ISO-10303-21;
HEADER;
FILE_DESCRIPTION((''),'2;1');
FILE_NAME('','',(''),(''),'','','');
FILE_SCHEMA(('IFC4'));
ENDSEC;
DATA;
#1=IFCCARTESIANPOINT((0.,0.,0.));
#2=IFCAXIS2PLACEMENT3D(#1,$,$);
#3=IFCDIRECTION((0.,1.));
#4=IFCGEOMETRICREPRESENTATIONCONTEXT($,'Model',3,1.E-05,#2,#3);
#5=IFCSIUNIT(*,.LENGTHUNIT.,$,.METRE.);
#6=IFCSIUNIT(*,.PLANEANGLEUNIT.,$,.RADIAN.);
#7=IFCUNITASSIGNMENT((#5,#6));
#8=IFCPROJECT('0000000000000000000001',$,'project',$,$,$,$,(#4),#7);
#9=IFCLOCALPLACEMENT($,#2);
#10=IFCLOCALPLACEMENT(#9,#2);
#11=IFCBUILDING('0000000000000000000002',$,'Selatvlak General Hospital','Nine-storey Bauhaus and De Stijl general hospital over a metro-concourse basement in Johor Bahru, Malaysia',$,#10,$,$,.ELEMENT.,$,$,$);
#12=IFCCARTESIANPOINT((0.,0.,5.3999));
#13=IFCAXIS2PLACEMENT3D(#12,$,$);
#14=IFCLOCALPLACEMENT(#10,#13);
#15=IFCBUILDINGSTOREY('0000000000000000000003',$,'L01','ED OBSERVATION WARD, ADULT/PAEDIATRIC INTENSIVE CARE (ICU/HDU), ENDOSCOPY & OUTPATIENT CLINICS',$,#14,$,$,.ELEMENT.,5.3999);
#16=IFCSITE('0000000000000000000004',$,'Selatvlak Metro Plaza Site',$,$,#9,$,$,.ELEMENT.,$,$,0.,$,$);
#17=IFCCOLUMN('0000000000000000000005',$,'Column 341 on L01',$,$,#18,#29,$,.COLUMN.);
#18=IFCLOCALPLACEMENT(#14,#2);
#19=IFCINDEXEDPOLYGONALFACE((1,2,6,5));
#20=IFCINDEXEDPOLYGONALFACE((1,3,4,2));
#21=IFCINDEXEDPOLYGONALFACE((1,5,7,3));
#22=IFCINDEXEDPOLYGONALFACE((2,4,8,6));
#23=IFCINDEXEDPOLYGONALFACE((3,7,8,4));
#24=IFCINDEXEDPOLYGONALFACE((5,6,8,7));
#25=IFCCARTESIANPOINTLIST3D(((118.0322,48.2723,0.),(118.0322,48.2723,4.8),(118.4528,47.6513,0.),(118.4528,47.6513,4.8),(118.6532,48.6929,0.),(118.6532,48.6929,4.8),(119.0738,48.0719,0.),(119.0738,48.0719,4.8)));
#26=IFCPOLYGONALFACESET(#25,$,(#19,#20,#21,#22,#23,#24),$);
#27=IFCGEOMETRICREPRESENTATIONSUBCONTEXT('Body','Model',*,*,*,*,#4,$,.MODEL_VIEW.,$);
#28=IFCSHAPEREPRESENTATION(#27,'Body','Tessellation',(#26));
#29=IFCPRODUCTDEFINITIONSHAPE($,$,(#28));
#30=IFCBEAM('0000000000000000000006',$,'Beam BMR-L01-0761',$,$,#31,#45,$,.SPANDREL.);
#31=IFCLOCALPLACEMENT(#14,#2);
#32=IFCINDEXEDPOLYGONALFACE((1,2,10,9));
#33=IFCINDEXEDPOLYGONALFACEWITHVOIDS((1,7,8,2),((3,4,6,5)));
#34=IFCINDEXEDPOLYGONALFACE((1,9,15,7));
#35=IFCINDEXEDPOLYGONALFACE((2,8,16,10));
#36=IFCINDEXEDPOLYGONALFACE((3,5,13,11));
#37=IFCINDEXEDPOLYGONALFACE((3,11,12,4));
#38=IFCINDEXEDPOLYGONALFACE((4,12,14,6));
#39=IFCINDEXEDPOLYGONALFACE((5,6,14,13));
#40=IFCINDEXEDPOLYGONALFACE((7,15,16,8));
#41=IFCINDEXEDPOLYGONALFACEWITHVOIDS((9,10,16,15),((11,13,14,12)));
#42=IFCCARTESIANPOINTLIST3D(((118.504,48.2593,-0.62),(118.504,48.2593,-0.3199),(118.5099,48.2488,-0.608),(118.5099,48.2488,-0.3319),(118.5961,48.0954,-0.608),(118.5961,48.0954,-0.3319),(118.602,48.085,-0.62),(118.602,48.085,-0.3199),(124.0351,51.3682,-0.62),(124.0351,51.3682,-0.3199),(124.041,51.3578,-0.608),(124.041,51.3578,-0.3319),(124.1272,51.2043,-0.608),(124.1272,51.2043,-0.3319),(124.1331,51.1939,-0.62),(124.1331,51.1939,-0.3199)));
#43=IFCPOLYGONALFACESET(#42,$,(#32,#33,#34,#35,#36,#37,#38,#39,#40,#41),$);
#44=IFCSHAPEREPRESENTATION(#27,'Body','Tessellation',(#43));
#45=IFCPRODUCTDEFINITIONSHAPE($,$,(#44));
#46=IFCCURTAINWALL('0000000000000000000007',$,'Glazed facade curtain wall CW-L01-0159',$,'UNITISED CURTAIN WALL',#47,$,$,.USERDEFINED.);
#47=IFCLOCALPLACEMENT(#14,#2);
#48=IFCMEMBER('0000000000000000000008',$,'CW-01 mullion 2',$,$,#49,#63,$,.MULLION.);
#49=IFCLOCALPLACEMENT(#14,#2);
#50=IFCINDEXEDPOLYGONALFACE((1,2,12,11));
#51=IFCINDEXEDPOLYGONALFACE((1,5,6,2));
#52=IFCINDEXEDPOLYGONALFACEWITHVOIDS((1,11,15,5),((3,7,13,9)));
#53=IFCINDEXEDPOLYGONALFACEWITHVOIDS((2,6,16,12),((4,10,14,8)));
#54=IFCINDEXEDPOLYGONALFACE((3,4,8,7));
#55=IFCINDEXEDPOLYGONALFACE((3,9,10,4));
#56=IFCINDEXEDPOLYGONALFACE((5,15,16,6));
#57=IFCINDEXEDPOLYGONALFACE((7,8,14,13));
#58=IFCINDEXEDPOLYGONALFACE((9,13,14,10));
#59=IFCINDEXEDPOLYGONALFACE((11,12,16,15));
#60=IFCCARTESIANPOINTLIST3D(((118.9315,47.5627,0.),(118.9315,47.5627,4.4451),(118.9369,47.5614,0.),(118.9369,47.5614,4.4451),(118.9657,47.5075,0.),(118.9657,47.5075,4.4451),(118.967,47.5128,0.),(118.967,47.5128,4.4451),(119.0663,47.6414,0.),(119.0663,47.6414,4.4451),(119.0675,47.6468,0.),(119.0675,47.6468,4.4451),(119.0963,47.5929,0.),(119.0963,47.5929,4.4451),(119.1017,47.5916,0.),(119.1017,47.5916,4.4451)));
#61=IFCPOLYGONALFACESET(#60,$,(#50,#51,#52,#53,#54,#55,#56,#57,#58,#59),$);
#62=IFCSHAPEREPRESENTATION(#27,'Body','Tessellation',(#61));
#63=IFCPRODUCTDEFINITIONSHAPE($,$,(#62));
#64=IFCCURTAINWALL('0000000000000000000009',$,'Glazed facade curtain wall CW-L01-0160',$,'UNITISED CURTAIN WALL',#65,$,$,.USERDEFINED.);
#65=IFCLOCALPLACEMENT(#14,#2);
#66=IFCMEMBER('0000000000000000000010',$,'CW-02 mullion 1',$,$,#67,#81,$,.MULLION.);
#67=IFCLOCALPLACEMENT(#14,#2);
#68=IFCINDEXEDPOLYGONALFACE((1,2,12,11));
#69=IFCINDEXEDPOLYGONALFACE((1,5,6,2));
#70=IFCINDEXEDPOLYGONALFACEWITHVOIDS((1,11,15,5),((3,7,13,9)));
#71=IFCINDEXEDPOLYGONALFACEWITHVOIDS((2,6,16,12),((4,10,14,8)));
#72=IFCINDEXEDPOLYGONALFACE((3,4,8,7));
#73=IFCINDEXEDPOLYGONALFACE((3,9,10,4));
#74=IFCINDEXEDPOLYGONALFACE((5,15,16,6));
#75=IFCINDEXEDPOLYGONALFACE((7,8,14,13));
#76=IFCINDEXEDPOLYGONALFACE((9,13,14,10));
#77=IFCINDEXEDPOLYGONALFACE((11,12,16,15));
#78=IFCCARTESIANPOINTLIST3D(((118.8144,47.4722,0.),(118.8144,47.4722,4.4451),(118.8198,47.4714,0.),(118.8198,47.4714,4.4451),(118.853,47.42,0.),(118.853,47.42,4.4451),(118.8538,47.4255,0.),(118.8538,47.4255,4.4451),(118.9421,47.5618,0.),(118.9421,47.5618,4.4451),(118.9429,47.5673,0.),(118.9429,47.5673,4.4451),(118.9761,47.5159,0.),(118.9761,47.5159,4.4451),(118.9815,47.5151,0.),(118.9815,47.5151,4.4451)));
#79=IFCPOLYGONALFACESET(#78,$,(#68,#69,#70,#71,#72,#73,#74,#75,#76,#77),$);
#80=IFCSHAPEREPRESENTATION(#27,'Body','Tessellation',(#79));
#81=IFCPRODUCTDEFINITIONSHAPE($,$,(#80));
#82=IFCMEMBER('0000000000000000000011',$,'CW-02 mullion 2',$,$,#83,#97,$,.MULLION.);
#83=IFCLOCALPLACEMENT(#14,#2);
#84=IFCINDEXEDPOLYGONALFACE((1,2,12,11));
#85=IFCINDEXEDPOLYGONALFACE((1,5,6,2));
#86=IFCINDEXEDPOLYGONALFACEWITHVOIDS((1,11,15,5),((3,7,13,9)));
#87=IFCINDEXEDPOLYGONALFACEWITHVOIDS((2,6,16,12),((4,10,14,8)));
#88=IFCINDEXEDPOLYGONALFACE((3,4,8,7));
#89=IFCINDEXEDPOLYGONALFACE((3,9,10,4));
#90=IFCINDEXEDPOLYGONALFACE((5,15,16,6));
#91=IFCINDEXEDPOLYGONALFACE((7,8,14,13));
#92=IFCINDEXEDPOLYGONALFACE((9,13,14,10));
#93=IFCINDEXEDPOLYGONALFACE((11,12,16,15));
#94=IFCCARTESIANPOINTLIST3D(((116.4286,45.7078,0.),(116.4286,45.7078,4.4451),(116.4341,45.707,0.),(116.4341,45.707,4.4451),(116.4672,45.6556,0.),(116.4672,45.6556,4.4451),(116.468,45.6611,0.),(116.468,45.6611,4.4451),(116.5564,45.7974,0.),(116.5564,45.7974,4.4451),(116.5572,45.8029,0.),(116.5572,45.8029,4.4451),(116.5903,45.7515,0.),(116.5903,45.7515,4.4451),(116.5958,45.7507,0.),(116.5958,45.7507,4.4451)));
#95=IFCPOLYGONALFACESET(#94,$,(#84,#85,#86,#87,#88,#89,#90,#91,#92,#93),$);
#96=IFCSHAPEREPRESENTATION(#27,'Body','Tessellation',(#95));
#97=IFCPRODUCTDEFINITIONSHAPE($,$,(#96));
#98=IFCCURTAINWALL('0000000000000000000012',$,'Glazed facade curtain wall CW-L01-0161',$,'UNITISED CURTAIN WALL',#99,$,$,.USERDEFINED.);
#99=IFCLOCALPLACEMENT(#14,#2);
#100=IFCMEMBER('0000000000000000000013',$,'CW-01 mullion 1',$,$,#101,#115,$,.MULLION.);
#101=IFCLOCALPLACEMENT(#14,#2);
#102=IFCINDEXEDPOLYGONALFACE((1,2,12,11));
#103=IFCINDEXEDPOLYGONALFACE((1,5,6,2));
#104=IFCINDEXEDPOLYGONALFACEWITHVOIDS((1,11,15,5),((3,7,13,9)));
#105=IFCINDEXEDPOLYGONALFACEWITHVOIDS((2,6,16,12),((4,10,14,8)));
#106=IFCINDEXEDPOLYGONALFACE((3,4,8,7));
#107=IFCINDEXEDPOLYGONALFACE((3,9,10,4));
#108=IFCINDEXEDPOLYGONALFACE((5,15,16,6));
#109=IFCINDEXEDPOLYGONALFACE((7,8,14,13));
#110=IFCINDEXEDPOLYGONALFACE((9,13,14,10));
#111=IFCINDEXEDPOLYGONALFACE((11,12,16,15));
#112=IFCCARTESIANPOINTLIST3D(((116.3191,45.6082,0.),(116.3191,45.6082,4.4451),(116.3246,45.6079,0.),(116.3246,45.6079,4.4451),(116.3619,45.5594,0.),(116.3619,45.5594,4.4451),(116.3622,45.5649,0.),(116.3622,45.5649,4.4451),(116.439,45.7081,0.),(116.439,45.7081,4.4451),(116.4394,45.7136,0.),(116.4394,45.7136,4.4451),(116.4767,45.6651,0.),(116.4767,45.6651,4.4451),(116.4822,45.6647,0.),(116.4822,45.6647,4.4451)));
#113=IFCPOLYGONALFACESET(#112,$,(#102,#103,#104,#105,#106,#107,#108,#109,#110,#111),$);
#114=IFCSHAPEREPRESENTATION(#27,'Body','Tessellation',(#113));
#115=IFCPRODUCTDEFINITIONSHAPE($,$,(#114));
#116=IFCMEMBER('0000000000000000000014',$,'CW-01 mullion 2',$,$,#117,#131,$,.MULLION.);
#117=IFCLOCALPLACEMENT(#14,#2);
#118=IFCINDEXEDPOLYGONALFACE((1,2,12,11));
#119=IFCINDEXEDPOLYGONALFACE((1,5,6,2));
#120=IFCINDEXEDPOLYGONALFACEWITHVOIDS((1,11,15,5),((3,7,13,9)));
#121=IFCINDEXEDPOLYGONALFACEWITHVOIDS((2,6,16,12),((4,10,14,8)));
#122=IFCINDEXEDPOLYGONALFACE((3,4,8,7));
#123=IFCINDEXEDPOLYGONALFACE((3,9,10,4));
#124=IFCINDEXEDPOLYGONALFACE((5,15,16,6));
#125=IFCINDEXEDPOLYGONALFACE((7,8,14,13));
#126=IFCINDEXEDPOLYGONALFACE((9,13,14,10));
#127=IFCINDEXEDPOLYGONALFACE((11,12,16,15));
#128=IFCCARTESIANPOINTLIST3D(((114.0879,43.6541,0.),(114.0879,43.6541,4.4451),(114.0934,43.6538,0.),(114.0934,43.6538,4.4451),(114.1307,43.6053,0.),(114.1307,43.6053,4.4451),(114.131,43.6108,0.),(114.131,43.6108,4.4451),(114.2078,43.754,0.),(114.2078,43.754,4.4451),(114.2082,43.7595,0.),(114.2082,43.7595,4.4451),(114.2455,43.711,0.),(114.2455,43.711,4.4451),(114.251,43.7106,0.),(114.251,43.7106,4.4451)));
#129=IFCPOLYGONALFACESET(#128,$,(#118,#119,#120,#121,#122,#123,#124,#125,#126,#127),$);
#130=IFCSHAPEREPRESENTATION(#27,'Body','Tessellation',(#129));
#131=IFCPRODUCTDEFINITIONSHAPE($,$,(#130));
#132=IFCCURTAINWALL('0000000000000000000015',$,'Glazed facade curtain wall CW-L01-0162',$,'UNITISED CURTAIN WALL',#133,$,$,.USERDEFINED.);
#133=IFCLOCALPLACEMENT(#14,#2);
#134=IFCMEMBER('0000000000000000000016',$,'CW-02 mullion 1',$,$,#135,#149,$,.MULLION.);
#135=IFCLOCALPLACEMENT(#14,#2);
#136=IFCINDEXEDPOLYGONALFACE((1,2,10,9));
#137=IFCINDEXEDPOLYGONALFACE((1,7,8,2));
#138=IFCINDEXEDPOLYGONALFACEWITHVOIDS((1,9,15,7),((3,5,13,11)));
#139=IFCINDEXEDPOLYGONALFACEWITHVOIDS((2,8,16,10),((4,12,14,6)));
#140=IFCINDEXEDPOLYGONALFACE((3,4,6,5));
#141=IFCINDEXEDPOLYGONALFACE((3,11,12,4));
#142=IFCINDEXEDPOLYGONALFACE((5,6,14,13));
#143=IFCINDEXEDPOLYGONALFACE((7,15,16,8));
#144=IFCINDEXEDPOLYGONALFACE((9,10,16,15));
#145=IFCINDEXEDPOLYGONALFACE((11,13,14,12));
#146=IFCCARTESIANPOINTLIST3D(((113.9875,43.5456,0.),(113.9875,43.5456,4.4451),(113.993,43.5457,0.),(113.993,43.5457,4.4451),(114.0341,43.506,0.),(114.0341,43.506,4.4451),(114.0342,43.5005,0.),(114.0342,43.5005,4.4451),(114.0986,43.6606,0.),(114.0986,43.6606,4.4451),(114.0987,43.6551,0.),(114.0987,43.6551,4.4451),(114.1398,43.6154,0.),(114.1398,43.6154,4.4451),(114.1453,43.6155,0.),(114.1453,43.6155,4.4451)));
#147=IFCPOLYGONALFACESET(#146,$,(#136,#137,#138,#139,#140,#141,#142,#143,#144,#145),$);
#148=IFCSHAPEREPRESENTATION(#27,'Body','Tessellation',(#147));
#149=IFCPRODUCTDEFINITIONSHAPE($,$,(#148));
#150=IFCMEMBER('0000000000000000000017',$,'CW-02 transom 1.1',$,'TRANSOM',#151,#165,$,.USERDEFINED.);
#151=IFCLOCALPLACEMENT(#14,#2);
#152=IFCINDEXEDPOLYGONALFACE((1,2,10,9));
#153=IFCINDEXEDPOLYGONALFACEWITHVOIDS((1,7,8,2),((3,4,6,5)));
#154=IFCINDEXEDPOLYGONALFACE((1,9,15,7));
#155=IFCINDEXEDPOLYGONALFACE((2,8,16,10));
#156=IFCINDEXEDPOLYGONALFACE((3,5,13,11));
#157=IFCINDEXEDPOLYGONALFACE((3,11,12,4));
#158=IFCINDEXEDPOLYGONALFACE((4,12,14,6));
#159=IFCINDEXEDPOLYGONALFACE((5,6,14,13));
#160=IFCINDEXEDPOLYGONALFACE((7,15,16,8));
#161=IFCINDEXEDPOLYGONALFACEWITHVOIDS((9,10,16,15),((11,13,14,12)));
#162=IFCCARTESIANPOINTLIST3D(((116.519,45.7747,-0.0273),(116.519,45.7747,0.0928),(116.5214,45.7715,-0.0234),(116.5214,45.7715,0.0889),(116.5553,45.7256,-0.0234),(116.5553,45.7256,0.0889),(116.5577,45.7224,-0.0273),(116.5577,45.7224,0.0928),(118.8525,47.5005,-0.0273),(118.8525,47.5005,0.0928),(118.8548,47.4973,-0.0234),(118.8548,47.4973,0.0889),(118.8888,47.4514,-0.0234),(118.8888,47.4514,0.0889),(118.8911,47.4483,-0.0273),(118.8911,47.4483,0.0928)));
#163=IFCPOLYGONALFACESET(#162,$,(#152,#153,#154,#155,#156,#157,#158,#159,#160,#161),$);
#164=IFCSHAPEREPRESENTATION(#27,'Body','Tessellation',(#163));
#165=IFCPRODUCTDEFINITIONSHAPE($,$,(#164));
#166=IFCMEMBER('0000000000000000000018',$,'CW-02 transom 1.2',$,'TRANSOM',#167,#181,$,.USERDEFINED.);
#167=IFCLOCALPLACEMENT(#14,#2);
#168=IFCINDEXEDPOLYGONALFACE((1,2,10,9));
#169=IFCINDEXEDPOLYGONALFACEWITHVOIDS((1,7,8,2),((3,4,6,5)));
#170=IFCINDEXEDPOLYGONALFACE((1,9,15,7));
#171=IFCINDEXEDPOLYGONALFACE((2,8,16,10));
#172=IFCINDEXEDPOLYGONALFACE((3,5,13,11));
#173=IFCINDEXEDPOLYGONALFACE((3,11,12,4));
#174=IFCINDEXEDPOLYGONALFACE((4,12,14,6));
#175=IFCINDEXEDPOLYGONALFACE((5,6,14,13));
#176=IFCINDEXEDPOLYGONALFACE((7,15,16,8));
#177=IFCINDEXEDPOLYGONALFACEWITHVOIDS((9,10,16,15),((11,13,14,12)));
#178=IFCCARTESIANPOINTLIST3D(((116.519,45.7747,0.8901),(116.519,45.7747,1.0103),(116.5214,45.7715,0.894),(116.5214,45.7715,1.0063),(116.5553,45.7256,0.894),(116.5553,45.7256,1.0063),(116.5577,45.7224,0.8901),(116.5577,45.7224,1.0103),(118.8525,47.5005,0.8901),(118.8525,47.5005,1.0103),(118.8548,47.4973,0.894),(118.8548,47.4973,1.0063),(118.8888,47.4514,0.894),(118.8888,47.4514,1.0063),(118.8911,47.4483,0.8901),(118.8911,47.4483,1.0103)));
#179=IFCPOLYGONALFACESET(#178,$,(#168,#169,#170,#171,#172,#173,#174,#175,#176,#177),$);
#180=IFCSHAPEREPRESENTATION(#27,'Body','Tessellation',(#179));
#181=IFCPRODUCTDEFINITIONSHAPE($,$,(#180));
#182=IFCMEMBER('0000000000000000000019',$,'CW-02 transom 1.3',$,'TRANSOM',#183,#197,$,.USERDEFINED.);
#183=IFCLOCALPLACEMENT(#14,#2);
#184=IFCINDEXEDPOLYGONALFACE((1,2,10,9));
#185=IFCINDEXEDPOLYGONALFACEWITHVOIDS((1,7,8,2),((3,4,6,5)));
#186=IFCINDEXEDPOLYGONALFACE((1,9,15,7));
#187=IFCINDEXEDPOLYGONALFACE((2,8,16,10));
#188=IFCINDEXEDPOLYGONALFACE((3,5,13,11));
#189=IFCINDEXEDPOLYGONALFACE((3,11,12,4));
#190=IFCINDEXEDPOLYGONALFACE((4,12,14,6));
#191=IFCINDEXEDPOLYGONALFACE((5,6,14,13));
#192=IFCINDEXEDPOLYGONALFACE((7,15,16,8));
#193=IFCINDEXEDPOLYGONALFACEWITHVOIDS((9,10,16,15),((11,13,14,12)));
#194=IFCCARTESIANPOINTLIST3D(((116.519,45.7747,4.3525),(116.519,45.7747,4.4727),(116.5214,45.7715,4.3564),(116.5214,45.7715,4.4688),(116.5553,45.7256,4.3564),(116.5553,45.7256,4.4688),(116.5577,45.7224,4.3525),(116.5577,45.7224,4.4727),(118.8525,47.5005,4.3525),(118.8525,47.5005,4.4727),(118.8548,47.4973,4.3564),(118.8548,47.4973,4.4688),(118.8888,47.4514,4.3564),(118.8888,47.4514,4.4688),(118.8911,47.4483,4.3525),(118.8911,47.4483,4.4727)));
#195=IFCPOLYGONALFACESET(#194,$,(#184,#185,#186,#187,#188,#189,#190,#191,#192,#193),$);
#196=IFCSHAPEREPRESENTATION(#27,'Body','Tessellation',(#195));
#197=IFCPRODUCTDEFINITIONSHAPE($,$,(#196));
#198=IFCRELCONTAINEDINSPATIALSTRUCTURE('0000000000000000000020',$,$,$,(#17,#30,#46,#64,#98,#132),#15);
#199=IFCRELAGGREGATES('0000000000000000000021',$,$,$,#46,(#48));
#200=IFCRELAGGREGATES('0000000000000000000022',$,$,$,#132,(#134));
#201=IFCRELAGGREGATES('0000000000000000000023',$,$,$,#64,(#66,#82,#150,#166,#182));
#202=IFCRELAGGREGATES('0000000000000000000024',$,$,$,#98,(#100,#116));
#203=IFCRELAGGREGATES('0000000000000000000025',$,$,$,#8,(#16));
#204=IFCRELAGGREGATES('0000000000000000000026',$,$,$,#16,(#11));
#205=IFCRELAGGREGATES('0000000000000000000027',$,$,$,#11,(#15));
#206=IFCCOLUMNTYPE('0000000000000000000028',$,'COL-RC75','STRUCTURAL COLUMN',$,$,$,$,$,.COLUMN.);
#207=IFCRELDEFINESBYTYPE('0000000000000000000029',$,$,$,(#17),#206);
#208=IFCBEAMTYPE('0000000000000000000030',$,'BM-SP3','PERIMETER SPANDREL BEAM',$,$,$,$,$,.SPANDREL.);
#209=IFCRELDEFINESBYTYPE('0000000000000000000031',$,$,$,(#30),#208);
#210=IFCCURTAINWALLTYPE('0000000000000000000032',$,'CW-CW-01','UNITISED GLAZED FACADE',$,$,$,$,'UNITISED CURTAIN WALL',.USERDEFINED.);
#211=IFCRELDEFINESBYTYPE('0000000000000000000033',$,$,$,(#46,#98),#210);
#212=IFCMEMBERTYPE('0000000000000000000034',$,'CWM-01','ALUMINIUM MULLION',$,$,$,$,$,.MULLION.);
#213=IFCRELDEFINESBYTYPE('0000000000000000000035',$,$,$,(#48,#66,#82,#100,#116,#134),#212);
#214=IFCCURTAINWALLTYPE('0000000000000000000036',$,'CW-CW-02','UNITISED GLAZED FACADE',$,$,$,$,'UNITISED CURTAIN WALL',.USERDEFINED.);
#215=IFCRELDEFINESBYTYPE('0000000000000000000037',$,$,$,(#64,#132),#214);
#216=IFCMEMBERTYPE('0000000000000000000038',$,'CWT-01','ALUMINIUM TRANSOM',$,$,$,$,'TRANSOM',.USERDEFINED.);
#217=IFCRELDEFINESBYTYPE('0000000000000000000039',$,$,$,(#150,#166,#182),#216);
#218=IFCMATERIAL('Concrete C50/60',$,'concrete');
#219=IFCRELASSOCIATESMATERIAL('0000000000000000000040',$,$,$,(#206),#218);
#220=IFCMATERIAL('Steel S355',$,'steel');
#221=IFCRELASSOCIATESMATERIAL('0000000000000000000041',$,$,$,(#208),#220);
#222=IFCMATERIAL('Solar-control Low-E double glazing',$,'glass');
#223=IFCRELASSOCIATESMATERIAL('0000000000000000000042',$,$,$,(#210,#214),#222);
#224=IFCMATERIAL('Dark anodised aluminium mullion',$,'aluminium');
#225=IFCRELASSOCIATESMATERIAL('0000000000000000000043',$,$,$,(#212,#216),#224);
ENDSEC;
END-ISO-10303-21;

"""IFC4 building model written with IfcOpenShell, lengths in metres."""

from ifc_helpers import new_model, si_unit, direction, frame, origin, origin_2d, place, context, subcontext, project, spatial, rectangle, hollow_rectangle, extrude, material, material_profile, profile_set, type_object, element, aggregate, save


model = new_model("IFC4")

# Units and contexts
model_context = context("Model", 3, precision=1e-05, world=origin(), true_north=direction((0.0, 1.0)))
body_context = subcontext(model_context, "Body", "Model", "MODEL_VIEW")
ifc_project = project(units=[si_unit("LENGTHUNIT", "METRE"), si_unit("PLANEANGLEUNIT", "RADIAN")], contexts=[model_context])

# Site, building, storey
site_placement = place(None, origin())
site = spatial("IfcSite", under=ifc_project, at=site_placement, Name="Selatvlak Metro Plaza Site", CompositionType="ELEMENT", RefElevation=0.0)
building_placement = place(site_placement, origin())
building = spatial("IfcBuilding", under=site, at=building_placement, Name="Selatvlak General Hospital", Description="Nine-storey Bauhaus and De Stijl general hospital over a metro-concourse basement in Johor Bahru, Malaysia", CompositionType="ELEMENT")
storey_placement = place(building_placement, frame((0.0, 0.0, 5.3999)))
storey = spatial("IfcBuildingStorey", under=building, at=storey_placement, Name="L01", Description="ED OBSERVATION WARD, ADULT/PAEDIATRIC INTENSIVE CARE (ICU/HDU), ENDOSCOPY & OUTPATIENT CLINICS", CompositionType="ELEMENT", Elevation=5.3999)

# Column
ifc_material_1 = material(Name="Concrete C50/60", Category="concrete")
ifc_material_profile_1 = material_profile(ifc_material_1, rectangle(XDim=0.75, YDim=0.75, at=origin_2d()), Name="RC-COL 750x750")
ifc_profile_set_1 = profile_set([ifc_material_profile_1], Name="Concrete C50/60")
column_type = type_object("IfcColumnType", Name="COL-RC75", Description="STRUCTURAL COLUMN", PredefinedType="COLUMN", material=ifc_profile_set_1)
column_placement = place(storey_placement, frame((118.553, 48.1721, 0.0), z_axis=(0.0, 0.0, 1.0), x_axis=(-0.560726, 0.828002, 0.0)))
element("IfcColumn", 1, at=column_placement, inside=storey, type_object=column_type, Name="Column 341 on L01", PredefinedType="COLUMN", context=body_context, shape_type="SweptSolid", body=[
    extrude(rectangle(XDim=0.75, YDim=0.75, at=origin_2d()), origin(), (0.0, 0.0, 1.0), 4.8),
])

# Beam
ifc_material_2 = material(Name="Steel S355", Category="steel")
ifc_material_profile_2 = material_profile(ifc_material_2, hollow_rectangle(XDim=0.2, YDim=0.3, WallThickness=0.012, at=origin_2d()), Name="RHS 300x200x12")
ifc_profile_set_2 = profile_set([ifc_material_profile_2], Name="Steel S355")
beam_type = type_object("IfcBeamType", Name="BM-SP3", Description="PERIMETER SPANDREL BEAM", PredefinedType="SPANDREL", material=ifc_profile_set_2)
beam_placement = place(storey_placement, frame((118.553, 48.1721, -0.47), z_axis=(0.871731, 0.489985, 0.0), x_axis=(-0.489985, 0.871731, 0.0)))
element("IfcBeam", 2, at=beam_placement, inside=storey, type_object=beam_type, Name="Beam BMR-L01-0761", PredefinedType="SPANDREL", context=body_context, shape_type="SweptSolid", body=[
    extrude(hollow_rectangle(XDim=0.2, YDim=0.3, WallThickness=0.012, at=origin_2d()), origin(), (0.0, 0.0, 1.0), 6.345),
])

# Curtain wall, member
ifc_material_3 = material(Name="Solar-control Low-E double glazing", Category="glass")
curtain_wall_type_1 = type_object("IfcCurtainWallType", Name="CW-CW-01", Description="UNITISED GLAZED FACADE", ElementType="UNITISED CURTAIN WALL", PredefinedType="USERDEFINED", material=ifc_material_3)
curtain_wall_1_placement = place(storey_placement, origin())
curtain_wall_1 = element("IfcCurtainWall", 3, at=curtain_wall_1_placement, inside=storey, type_object=curtain_wall_type_1, Name="Glazed facade curtain wall CW-L01-0159", ObjectType="UNITISED CURTAIN WALL", PredefinedType="USERDEFINED")
ifc_material_4 = material(Name="Dark anodised aluminium mullion", Category="aluminium")
ifc_material_profile_3 = material_profile(ifc_material_4, hollow_rectangle(XDim=0.0649, YDim=0.1599, WallThickness=0.0039, at=origin_2d()), Name="AL-MUL 65x160x4")
ifc_profile_set_3 = profile_set([ifc_material_profile_3], Name="Dark anodised aluminium mullion")
member_type_1 = type_object("IfcMemberType", Name="CWM-01", Description="ALUMINIUM MULLION", PredefinedType="MULLION", material=ifc_profile_set_3)
member_1_placement = place(storey_placement, frame((119.0166, 47.5771, 0.0), z_axis=(0.0, 0.0, 1.0), x_axis=(0.526048, -0.850455, 0.0)))
member_1 = element("IfcMember", 4, at=member_1_placement, type_object=member_type_1, Name="CW-01 mullion 2", PredefinedType="MULLION", context=body_context, shape_type="SweptSolid", body=[
    extrude(hollow_rectangle(XDim=0.0649, YDim=0.1599, WallThickness=0.0039, at=origin_2d()), origin(), (0.0, 0.0, 1.0), 4.4451),
])
aggregate(curtain_wall_1, [member_1])

# Curtain walls, members
curtain_wall_type_2 = type_object("IfcCurtainWallType", Name="CW-CW-02", Description="UNITISED GLAZED FACADE", ElementType="UNITISED CURTAIN WALL", PredefinedType="USERDEFINED", material=ifc_material_3)
curtain_wall_2_placement = place(storey_placement, origin())
curtain_wall_2 = element("IfcCurtainWall", 5, at=curtain_wall_2_placement, inside=storey, type_object=curtain_wall_type_2, Name="Glazed facade curtain wall CW-L01-0160", ObjectType="UNITISED CURTAIN WALL", PredefinedType="USERDEFINED")
member_2_placement = place(storey_placement, frame((118.8979, 47.4937, 0.0), z_axis=(0.0, 0.0, 1.0), x_axis=(0.594604, -0.804018, 0.0)))
member_2 = element("IfcMember", 6, at=member_2_placement, type_object=member_type_1, Name="CW-02 mullion 1", PredefinedType="MULLION", context=body_context, shape_type="SweptSolid", body=[
    extrude(hollow_rectangle(XDim=0.0649, YDim=0.1599, WallThickness=0.0039, at=origin_2d()), origin(), (0.0, 0.0, 1.0), 4.4451),
])
member_3_placement = place(storey_placement, frame((116.5122, 45.7292, 0.0), z_axis=(0.0, 0.0, 1.0), x_axis=(0.594604, -0.804018, 0.0)))
member_3 = element("IfcMember", 7, at=member_3_placement, type_object=member_type_1, Name="CW-02 mullion 2", PredefinedType="MULLION", context=body_context, shape_type="SweptSolid", body=[
    extrude(hollow_rectangle(XDim=0.0649, YDim=0.1599, WallThickness=0.0039, at=origin_2d()), origin(), (0.0, 0.0, 1.0), 4.4451),
])
curtain_wall_3_placement = place(storey_placement, origin())
curtain_wall_3 = element("IfcCurtainWall", 8, at=curtain_wall_3_placement, inside=storey, type_object=curtain_wall_type_1, Name="Glazed facade curtain wall CW-L01-0161", ObjectType="UNITISED CURTAIN WALL", PredefinedType="USERDEFINED")
member_4_placement = place(storey_placement, frame((116.4006, 45.6365, 0.0), z_axis=(0.0, 0.0, 1.0), x_axis=(0.658878, -0.75225, 0.0)))
member_4 = element("IfcMember", 9, at=member_4_placement, type_object=member_type_1, Name="CW-01 mullion 1", PredefinedType="MULLION", context=body_context, shape_type="SweptSolid", body=[
    extrude(hollow_rectangle(XDim=0.0649, YDim=0.1599, WallThickness=0.0039, at=origin_2d()), origin(), (0.0, 0.0, 1.0), 4.4451),
])
member_5_placement = place(storey_placement, frame((114.1694, 43.6824, 0.0), z_axis=(0.0, 0.0, 1.0), x_axis=(0.658878, -0.75225, 0.0)))
member_5 = element("IfcMember", 10, at=member_5_placement, type_object=member_type_1, Name="CW-01 mullion 2", PredefinedType="MULLION", context=body_context, shape_type="SweptSolid", body=[
    extrude(hollow_rectangle(XDim=0.0649, YDim=0.1599, WallThickness=0.0039, at=origin_2d()), origin(), (0.0, 0.0, 1.0), 4.4451),
])

# Curtain wall, member
curtain_wall_4_placement = place(storey_placement, origin())
curtain_wall_4 = element("IfcCurtainWall", 11, at=curtain_wall_4_placement, inside=storey, type_object=curtain_wall_type_2, Name="Glazed facade curtain wall CW-L01-0162", ObjectType="UNITISED CURTAIN WALL", PredefinedType="USERDEFINED")
member_6_placement = place(storey_placement, frame((114.0664, 43.5806, 0.0), z_axis=(0.0, 0.0, 1.0), x_axis=(0.719197, -0.694806, 0.0)))
member_6 = element("IfcMember", 12, at=member_6_placement, type_object=member_type_1, Name="CW-02 mullion 1", PredefinedType="MULLION", context=body_context, shape_type="SweptSolid", body=[
    extrude(hollow_rectangle(XDim=0.0649, YDim=0.1599, WallThickness=0.0039, at=origin_2d()), origin(), (0.0, 0.0, 1.0), 4.4451),
])

# Members
ifc_material_profile_4 = material_profile(ifc_material_4, hollow_rectangle(XDim=0.0649, YDim=0.1201, WallThickness=0.0039, at=origin_2d()), Name="AL-TRN 65x120x4")
ifc_profile_set_4 = profile_set([ifc_material_profile_4], Name="Dark anodised aluminium mullion")
member_type_2 = type_object("IfcMemberType", Name="CWT-01", Description="ALUMINIUM TRANSOM", ElementType="TRANSOM", PredefinedType="USERDEFINED", material=ifc_profile_set_4)
member_7_placement = place(storey_placement, frame((118.8718, 47.4744, 0.0327), z_axis=(-0.804, -0.59463, 0.0), x_axis=(0.59463, -0.804, 0.0)))
member_7 = element("IfcMember", 13, at=member_7_placement, type_object=member_type_2, Name="CW-02 transom 1.1", ObjectType="TRANSOM", PredefinedType="USERDEFINED", context=body_context, shape_type="SweptSolid", body=[
    extrude(hollow_rectangle(XDim=0.0649, YDim=0.1201, WallThickness=0.0039, at=origin_2d()), origin(), (0.0, 0.0, 1.0), 2.9023),
])
member_8_placement = place(storey_placement, frame((118.8718, 47.4744, 0.9502), z_axis=(-0.804, -0.59463, 0.0), x_axis=(0.59463, -0.804, 0.0)))
member_8 = element("IfcMember", 14, at=member_8_placement, type_object=member_type_2, Name="CW-02 transom 1.2", ObjectType="TRANSOM", PredefinedType="USERDEFINED", context=body_context, shape_type="SweptSolid", body=[
    extrude(hollow_rectangle(XDim=0.0649, YDim=0.1201, WallThickness=0.0039, at=origin_2d()), origin(), (0.0, 0.0, 1.0), 2.9023),
])
member_9_placement = place(storey_placement, frame((118.8718, 47.4744, 4.4126), z_axis=(-0.804, -0.59463, 0.0), x_axis=(0.59463, -0.804, 0.0)))
member_9 = element("IfcMember", 15, at=member_9_placement, type_object=member_type_2, Name="CW-02 transom 1.3", ObjectType="TRANSOM", PredefinedType="USERDEFINED", context=body_context, shape_type="SweptSolid", body=[
    extrude(hollow_rectangle(XDim=0.0649, YDim=0.1201, WallThickness=0.0039, at=origin_2d()), origin(), (0.0, 0.0, 1.0), 2.9023),
])
aggregate(curtain_wall_4, [member_6])

aggregate(curtain_wall_2, [member_2, member_3, member_7, member_8, member_9])
aggregate(curtain_wall_3, [member_4, member_5])

save(model, "model.ifc")
